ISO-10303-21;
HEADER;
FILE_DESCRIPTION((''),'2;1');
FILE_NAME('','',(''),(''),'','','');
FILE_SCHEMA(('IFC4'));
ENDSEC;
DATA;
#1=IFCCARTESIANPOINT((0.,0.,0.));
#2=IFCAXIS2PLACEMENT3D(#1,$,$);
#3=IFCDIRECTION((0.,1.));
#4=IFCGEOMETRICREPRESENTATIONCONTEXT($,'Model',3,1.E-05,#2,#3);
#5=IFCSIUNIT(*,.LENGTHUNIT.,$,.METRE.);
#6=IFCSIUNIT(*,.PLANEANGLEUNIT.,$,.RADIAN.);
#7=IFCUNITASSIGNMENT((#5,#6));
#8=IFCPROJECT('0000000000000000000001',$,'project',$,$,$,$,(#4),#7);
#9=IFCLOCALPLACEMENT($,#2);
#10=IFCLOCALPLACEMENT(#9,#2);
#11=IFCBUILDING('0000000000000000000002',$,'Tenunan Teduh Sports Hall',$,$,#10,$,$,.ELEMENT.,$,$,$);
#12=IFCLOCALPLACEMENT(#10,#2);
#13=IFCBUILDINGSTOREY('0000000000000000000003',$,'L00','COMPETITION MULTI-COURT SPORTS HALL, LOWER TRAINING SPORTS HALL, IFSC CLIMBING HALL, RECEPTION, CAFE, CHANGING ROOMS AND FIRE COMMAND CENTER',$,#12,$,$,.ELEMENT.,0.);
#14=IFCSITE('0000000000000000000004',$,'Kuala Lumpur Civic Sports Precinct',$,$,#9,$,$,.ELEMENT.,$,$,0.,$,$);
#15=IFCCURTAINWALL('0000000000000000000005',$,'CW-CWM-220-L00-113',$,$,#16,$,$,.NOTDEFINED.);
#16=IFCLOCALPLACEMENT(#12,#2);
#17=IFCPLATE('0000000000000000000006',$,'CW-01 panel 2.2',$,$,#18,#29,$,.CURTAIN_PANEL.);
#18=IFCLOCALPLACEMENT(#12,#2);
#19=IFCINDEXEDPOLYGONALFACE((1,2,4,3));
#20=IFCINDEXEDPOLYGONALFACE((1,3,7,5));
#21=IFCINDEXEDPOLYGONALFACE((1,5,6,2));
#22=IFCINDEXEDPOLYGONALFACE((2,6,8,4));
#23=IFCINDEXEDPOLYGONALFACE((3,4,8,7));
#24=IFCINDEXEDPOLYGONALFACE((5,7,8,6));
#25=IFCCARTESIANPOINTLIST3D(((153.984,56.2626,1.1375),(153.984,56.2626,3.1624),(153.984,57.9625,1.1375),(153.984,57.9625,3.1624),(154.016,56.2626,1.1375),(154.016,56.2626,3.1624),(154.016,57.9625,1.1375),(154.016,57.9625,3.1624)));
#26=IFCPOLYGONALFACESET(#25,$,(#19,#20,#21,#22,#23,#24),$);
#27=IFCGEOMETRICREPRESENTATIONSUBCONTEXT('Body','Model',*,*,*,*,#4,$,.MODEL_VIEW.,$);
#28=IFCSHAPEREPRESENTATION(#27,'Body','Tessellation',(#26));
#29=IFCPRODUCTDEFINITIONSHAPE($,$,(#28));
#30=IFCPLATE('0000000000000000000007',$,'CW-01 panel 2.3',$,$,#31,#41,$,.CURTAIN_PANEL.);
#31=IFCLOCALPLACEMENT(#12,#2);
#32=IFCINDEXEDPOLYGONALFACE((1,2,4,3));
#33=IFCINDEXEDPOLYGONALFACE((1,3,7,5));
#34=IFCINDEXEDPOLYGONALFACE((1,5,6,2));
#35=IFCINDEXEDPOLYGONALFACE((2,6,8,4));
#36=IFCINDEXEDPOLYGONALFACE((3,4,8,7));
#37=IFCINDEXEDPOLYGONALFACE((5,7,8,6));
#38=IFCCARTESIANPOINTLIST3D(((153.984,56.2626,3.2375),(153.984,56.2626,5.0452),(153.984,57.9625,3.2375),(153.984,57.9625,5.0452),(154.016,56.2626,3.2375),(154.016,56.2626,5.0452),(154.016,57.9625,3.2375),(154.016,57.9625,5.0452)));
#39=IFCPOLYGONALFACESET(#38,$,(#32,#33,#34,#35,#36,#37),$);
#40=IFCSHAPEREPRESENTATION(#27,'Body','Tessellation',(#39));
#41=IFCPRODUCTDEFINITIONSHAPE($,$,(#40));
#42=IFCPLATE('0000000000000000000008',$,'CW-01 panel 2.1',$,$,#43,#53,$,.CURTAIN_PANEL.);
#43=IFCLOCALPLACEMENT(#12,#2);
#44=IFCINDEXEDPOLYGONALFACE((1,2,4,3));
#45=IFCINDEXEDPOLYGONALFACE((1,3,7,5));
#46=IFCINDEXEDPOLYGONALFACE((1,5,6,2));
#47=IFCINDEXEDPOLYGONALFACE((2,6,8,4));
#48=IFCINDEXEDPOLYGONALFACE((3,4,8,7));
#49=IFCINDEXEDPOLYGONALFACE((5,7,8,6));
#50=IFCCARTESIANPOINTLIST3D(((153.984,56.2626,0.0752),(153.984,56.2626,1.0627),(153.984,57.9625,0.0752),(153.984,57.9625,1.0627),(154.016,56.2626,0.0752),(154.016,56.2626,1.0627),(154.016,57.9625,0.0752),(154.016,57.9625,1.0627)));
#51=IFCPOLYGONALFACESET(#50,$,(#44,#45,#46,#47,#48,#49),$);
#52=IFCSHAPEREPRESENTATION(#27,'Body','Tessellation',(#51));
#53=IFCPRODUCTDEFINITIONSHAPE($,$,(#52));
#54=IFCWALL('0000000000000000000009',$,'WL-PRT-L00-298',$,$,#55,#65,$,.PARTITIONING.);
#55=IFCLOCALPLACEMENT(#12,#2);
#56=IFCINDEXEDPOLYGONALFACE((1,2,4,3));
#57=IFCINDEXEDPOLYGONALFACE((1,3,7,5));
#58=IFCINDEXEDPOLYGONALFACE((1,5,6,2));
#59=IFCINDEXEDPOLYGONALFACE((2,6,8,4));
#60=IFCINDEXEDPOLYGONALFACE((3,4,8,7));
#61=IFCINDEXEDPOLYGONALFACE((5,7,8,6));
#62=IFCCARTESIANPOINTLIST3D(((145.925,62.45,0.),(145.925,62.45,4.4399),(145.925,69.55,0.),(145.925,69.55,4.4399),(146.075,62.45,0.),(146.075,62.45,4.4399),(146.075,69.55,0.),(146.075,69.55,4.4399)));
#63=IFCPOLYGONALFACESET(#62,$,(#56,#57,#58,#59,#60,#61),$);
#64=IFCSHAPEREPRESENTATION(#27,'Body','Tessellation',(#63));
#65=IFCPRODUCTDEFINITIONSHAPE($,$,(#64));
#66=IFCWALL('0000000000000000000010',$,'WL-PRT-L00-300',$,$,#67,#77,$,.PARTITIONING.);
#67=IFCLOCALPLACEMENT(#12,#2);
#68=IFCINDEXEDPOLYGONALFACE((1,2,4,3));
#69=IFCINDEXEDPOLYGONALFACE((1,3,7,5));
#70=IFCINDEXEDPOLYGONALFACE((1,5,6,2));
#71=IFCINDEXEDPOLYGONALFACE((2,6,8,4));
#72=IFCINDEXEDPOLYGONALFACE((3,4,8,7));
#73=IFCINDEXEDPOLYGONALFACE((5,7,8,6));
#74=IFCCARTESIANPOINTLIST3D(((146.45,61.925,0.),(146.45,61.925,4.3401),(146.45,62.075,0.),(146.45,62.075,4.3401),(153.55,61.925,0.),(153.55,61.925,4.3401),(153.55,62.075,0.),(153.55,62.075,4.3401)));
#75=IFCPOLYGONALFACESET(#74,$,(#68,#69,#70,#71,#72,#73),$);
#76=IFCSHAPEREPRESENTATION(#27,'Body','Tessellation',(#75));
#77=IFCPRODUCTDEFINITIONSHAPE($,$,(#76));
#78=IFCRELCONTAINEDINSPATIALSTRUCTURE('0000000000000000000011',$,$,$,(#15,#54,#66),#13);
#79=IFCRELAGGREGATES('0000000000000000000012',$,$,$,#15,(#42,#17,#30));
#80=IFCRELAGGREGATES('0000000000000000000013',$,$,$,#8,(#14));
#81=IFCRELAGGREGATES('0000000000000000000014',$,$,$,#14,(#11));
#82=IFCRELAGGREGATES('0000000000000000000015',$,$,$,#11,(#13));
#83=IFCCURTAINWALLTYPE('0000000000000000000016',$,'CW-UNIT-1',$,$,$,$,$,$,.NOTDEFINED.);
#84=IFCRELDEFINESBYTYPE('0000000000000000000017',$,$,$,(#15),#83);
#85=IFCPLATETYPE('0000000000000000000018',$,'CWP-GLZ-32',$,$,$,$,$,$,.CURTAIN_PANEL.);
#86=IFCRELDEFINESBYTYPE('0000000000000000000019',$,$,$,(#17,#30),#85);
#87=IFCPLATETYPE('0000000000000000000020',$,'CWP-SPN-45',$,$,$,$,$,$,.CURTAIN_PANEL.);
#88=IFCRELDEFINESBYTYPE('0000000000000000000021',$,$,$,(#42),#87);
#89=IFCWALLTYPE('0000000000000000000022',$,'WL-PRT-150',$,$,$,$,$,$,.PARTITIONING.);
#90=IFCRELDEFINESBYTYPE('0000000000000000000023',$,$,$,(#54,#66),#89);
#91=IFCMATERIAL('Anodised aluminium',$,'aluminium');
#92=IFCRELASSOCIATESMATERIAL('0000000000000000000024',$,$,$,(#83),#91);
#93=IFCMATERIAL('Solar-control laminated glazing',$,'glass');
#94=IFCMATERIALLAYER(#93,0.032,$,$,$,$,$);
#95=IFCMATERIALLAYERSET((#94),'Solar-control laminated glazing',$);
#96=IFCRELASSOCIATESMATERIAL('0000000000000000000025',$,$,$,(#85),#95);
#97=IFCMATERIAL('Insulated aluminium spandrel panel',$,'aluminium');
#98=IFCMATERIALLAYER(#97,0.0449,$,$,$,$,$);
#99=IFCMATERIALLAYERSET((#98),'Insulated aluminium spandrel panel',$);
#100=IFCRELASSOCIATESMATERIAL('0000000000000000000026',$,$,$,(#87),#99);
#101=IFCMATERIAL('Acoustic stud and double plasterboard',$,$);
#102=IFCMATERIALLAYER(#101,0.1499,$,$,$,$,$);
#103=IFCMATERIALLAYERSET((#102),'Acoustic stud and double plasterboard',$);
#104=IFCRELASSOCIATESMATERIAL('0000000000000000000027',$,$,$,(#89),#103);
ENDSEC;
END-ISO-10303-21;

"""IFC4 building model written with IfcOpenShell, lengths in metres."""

from ifc_helpers import new_model, si_unit, direction, frame, frame_2d, origin, origin_2d, place, context, subcontext, project, spatial, rectangle, extrude, material, layer, layer_set, type_object, element, aggregate, save


model = new_model("IFC4")

# Units and contexts
model_context = context("Model", 3, precision=1e-05, world=origin(), true_north=direction((0.0, 1.0)))
body_context = subcontext(model_context, "Body", "Model", "MODEL_VIEW")
ifc_project = project(units=[si_unit("LENGTHUNIT", "METRE"), si_unit("PLANEANGLEUNIT", "RADIAN")], contexts=[model_context])

# Site, building, storey
site_placement = place(None, origin())
site = spatial("IfcSite", under=ifc_project, at=site_placement, Name="Kuala Lumpur Civic Sports Precinct", CompositionType="ELEMENT", RefElevation=0.0)
building_placement = place(site_placement, origin())
building = spatial("IfcBuilding", under=site, at=building_placement, Name="Tenunan Teduh Sports Hall", CompositionType="ELEMENT")
storey_placement = place(building_placement, origin())
storey = spatial("IfcBuildingStorey", under=building, at=storey_placement, Name="L00", Description="COMPETITION MULTI-COURT SPORTS HALL, LOWER TRAINING SPORTS HALL, IFSC CLIMBING HALL, RECEPTION, CAFE, CHANGING ROOMS AND FIRE COMMAND CENTER", CompositionType="ELEMENT", Elevation=0.0)

# Curtain wall
ifc_material_1 = material(Name="Anodised aluminium", Category="aluminium")
curtain_wall_type = type_object("IfcCurtainWallType", Name="CW-UNIT-1", PredefinedType="NOTDEFINED", material=ifc_material_1)
curtain_wall_placement = place(storey_placement, origin())
curtain_wall = element("IfcCurtainWall", 1, at=curtain_wall_placement, inside=storey, type_object=curtain_wall_type, Name="CW-CWM-220-L00-113", PredefinedType="NOTDEFINED")

# Plates
ifc_material_2 = material(Name="Solar-control laminated glazing", Category="glass")
ifc_layer_1 = layer(ifc_material_2, 0.032)
ifc_layer_set_1 = layer_set([ifc_layer_1], Name="Solar-control laminated glazing")
plate_type_1 = type_object("IfcPlateType", Name="CWP-GLZ-32", PredefinedType="CURTAIN_PANEL", material=ifc_layer_set_1)
plate_1_placement = place(storey_placement, frame((154.0, 57.1125, 1.1375), z_axis=(0.0, 0.0, 1.0), x_axis=(0.0, 1.0, 0.0)))
plate_1 = element("IfcPlate", 2, at=plate_1_placement, type_object=plate_type_1, Name="CW-01 panel 2.2", PredefinedType="CURTAIN_PANEL", context=body_context, shape_type="SweptSolid", body=[
    extrude(rectangle(XDim=1.7, YDim=0.032, at=origin_2d()), origin(), (0.0, 0.0, 1.0), 2.0249),
])
plate_2_placement = place(storey_placement, frame((154.0, 57.1125, 3.2375), z_axis=(0.0, 0.0, 1.0), x_axis=(0.0, 1.0, 0.0)))
plate_2 = element("IfcPlate", 3, at=plate_2_placement, type_object=plate_type_1, Name="CW-01 panel 2.3", PredefinedType="CURTAIN_PANEL", context=body_context, shape_type="SweptSolid", body=[
    extrude(rectangle(XDim=1.7, YDim=0.032, at=origin_2d()), origin(), (0.0, 0.0, 1.0), 1.8076),
])
ifc_material_3 = material(Name="Insulated aluminium spandrel panel", Category="aluminium")
ifc_layer_2 = layer(ifc_material_3, 0.0449)
ifc_layer_set_2 = layer_set([ifc_layer_2], Name="Insulated aluminium spandrel panel")
plate_type_2 = type_object("IfcPlateType", Name="CWP-SPN-45", PredefinedType="CURTAIN_PANEL", material=ifc_layer_set_2)
plate_3_placement = place(storey_placement, frame((154.0, 57.1125, 0.0752), z_axis=(0.0, 0.0, 1.0), x_axis=(0.0, 1.0, 0.0)))
plate_3 = element("IfcPlate", 4, at=plate_3_placement, type_object=plate_type_2, Name="CW-01 panel 2.1", PredefinedType="CURTAIN_PANEL", context=body_context, shape_type="SweptSolid", body=[
    extrude(rectangle(XDim=1.7, YDim=0.032, at=origin_2d()), origin(), (0.0, 0.0, 1.0), 0.9875),
])
aggregate(curtain_wall, [plate_3, plate_1, plate_2])

# Wall
ifc_material_4 = material(Name="Acoustic stud and double plasterboard")
ifc_layer_3 = layer(ifc_material_4, 0.1499)
ifc_layer_set_3 = layer_set([ifc_layer_3], Name="Acoustic stud and double plasterboard")
wall_type = type_object("IfcWallType", Name="WL-PRT-150", PredefinedType="PARTITIONING", material=ifc_layer_set_3)
wall_1_placement = place(storey_placement, frame((146.0, 62.45, 0.0), z_axis=(0.0, 0.0, 1.0), x_axis=(0.0, 1.0, 0.0)))
element("IfcWall", 5, at=wall_1_placement, inside=storey, type_object=wall_type, Name="WL-PRT-L00-298", PredefinedType="PARTITIONING", context=body_context, shape_type="SweptSolid", body=[
    extrude(rectangle(XDim=7.1001, YDim=0.1499, at=frame_2d((3.55, 0.0))), origin(), (0.0, 0.0, 1.0), 4.4399),
])

# Wall
wall_2_placement = place(storey_placement, frame((146.45, 62.0, 0.0), z_axis=(0.0, 0.0, 1.0), x_axis=(1.0, 0.0, 0.0)))
element("IfcWall", 6, at=wall_2_placement, inside=storey, type_object=wall_type, Name="WL-PRT-L00-300", PredefinedType="PARTITIONING", context=body_context, shape_type="SweptSolid", body=[
    extrude(rectangle(XDim=7.1001, YDim=0.1499, at=frame_2d((3.55, 0.0))), origin(), (0.0, 0.0, 1.0), 4.3401),
])

save(model, "model.ifc")
